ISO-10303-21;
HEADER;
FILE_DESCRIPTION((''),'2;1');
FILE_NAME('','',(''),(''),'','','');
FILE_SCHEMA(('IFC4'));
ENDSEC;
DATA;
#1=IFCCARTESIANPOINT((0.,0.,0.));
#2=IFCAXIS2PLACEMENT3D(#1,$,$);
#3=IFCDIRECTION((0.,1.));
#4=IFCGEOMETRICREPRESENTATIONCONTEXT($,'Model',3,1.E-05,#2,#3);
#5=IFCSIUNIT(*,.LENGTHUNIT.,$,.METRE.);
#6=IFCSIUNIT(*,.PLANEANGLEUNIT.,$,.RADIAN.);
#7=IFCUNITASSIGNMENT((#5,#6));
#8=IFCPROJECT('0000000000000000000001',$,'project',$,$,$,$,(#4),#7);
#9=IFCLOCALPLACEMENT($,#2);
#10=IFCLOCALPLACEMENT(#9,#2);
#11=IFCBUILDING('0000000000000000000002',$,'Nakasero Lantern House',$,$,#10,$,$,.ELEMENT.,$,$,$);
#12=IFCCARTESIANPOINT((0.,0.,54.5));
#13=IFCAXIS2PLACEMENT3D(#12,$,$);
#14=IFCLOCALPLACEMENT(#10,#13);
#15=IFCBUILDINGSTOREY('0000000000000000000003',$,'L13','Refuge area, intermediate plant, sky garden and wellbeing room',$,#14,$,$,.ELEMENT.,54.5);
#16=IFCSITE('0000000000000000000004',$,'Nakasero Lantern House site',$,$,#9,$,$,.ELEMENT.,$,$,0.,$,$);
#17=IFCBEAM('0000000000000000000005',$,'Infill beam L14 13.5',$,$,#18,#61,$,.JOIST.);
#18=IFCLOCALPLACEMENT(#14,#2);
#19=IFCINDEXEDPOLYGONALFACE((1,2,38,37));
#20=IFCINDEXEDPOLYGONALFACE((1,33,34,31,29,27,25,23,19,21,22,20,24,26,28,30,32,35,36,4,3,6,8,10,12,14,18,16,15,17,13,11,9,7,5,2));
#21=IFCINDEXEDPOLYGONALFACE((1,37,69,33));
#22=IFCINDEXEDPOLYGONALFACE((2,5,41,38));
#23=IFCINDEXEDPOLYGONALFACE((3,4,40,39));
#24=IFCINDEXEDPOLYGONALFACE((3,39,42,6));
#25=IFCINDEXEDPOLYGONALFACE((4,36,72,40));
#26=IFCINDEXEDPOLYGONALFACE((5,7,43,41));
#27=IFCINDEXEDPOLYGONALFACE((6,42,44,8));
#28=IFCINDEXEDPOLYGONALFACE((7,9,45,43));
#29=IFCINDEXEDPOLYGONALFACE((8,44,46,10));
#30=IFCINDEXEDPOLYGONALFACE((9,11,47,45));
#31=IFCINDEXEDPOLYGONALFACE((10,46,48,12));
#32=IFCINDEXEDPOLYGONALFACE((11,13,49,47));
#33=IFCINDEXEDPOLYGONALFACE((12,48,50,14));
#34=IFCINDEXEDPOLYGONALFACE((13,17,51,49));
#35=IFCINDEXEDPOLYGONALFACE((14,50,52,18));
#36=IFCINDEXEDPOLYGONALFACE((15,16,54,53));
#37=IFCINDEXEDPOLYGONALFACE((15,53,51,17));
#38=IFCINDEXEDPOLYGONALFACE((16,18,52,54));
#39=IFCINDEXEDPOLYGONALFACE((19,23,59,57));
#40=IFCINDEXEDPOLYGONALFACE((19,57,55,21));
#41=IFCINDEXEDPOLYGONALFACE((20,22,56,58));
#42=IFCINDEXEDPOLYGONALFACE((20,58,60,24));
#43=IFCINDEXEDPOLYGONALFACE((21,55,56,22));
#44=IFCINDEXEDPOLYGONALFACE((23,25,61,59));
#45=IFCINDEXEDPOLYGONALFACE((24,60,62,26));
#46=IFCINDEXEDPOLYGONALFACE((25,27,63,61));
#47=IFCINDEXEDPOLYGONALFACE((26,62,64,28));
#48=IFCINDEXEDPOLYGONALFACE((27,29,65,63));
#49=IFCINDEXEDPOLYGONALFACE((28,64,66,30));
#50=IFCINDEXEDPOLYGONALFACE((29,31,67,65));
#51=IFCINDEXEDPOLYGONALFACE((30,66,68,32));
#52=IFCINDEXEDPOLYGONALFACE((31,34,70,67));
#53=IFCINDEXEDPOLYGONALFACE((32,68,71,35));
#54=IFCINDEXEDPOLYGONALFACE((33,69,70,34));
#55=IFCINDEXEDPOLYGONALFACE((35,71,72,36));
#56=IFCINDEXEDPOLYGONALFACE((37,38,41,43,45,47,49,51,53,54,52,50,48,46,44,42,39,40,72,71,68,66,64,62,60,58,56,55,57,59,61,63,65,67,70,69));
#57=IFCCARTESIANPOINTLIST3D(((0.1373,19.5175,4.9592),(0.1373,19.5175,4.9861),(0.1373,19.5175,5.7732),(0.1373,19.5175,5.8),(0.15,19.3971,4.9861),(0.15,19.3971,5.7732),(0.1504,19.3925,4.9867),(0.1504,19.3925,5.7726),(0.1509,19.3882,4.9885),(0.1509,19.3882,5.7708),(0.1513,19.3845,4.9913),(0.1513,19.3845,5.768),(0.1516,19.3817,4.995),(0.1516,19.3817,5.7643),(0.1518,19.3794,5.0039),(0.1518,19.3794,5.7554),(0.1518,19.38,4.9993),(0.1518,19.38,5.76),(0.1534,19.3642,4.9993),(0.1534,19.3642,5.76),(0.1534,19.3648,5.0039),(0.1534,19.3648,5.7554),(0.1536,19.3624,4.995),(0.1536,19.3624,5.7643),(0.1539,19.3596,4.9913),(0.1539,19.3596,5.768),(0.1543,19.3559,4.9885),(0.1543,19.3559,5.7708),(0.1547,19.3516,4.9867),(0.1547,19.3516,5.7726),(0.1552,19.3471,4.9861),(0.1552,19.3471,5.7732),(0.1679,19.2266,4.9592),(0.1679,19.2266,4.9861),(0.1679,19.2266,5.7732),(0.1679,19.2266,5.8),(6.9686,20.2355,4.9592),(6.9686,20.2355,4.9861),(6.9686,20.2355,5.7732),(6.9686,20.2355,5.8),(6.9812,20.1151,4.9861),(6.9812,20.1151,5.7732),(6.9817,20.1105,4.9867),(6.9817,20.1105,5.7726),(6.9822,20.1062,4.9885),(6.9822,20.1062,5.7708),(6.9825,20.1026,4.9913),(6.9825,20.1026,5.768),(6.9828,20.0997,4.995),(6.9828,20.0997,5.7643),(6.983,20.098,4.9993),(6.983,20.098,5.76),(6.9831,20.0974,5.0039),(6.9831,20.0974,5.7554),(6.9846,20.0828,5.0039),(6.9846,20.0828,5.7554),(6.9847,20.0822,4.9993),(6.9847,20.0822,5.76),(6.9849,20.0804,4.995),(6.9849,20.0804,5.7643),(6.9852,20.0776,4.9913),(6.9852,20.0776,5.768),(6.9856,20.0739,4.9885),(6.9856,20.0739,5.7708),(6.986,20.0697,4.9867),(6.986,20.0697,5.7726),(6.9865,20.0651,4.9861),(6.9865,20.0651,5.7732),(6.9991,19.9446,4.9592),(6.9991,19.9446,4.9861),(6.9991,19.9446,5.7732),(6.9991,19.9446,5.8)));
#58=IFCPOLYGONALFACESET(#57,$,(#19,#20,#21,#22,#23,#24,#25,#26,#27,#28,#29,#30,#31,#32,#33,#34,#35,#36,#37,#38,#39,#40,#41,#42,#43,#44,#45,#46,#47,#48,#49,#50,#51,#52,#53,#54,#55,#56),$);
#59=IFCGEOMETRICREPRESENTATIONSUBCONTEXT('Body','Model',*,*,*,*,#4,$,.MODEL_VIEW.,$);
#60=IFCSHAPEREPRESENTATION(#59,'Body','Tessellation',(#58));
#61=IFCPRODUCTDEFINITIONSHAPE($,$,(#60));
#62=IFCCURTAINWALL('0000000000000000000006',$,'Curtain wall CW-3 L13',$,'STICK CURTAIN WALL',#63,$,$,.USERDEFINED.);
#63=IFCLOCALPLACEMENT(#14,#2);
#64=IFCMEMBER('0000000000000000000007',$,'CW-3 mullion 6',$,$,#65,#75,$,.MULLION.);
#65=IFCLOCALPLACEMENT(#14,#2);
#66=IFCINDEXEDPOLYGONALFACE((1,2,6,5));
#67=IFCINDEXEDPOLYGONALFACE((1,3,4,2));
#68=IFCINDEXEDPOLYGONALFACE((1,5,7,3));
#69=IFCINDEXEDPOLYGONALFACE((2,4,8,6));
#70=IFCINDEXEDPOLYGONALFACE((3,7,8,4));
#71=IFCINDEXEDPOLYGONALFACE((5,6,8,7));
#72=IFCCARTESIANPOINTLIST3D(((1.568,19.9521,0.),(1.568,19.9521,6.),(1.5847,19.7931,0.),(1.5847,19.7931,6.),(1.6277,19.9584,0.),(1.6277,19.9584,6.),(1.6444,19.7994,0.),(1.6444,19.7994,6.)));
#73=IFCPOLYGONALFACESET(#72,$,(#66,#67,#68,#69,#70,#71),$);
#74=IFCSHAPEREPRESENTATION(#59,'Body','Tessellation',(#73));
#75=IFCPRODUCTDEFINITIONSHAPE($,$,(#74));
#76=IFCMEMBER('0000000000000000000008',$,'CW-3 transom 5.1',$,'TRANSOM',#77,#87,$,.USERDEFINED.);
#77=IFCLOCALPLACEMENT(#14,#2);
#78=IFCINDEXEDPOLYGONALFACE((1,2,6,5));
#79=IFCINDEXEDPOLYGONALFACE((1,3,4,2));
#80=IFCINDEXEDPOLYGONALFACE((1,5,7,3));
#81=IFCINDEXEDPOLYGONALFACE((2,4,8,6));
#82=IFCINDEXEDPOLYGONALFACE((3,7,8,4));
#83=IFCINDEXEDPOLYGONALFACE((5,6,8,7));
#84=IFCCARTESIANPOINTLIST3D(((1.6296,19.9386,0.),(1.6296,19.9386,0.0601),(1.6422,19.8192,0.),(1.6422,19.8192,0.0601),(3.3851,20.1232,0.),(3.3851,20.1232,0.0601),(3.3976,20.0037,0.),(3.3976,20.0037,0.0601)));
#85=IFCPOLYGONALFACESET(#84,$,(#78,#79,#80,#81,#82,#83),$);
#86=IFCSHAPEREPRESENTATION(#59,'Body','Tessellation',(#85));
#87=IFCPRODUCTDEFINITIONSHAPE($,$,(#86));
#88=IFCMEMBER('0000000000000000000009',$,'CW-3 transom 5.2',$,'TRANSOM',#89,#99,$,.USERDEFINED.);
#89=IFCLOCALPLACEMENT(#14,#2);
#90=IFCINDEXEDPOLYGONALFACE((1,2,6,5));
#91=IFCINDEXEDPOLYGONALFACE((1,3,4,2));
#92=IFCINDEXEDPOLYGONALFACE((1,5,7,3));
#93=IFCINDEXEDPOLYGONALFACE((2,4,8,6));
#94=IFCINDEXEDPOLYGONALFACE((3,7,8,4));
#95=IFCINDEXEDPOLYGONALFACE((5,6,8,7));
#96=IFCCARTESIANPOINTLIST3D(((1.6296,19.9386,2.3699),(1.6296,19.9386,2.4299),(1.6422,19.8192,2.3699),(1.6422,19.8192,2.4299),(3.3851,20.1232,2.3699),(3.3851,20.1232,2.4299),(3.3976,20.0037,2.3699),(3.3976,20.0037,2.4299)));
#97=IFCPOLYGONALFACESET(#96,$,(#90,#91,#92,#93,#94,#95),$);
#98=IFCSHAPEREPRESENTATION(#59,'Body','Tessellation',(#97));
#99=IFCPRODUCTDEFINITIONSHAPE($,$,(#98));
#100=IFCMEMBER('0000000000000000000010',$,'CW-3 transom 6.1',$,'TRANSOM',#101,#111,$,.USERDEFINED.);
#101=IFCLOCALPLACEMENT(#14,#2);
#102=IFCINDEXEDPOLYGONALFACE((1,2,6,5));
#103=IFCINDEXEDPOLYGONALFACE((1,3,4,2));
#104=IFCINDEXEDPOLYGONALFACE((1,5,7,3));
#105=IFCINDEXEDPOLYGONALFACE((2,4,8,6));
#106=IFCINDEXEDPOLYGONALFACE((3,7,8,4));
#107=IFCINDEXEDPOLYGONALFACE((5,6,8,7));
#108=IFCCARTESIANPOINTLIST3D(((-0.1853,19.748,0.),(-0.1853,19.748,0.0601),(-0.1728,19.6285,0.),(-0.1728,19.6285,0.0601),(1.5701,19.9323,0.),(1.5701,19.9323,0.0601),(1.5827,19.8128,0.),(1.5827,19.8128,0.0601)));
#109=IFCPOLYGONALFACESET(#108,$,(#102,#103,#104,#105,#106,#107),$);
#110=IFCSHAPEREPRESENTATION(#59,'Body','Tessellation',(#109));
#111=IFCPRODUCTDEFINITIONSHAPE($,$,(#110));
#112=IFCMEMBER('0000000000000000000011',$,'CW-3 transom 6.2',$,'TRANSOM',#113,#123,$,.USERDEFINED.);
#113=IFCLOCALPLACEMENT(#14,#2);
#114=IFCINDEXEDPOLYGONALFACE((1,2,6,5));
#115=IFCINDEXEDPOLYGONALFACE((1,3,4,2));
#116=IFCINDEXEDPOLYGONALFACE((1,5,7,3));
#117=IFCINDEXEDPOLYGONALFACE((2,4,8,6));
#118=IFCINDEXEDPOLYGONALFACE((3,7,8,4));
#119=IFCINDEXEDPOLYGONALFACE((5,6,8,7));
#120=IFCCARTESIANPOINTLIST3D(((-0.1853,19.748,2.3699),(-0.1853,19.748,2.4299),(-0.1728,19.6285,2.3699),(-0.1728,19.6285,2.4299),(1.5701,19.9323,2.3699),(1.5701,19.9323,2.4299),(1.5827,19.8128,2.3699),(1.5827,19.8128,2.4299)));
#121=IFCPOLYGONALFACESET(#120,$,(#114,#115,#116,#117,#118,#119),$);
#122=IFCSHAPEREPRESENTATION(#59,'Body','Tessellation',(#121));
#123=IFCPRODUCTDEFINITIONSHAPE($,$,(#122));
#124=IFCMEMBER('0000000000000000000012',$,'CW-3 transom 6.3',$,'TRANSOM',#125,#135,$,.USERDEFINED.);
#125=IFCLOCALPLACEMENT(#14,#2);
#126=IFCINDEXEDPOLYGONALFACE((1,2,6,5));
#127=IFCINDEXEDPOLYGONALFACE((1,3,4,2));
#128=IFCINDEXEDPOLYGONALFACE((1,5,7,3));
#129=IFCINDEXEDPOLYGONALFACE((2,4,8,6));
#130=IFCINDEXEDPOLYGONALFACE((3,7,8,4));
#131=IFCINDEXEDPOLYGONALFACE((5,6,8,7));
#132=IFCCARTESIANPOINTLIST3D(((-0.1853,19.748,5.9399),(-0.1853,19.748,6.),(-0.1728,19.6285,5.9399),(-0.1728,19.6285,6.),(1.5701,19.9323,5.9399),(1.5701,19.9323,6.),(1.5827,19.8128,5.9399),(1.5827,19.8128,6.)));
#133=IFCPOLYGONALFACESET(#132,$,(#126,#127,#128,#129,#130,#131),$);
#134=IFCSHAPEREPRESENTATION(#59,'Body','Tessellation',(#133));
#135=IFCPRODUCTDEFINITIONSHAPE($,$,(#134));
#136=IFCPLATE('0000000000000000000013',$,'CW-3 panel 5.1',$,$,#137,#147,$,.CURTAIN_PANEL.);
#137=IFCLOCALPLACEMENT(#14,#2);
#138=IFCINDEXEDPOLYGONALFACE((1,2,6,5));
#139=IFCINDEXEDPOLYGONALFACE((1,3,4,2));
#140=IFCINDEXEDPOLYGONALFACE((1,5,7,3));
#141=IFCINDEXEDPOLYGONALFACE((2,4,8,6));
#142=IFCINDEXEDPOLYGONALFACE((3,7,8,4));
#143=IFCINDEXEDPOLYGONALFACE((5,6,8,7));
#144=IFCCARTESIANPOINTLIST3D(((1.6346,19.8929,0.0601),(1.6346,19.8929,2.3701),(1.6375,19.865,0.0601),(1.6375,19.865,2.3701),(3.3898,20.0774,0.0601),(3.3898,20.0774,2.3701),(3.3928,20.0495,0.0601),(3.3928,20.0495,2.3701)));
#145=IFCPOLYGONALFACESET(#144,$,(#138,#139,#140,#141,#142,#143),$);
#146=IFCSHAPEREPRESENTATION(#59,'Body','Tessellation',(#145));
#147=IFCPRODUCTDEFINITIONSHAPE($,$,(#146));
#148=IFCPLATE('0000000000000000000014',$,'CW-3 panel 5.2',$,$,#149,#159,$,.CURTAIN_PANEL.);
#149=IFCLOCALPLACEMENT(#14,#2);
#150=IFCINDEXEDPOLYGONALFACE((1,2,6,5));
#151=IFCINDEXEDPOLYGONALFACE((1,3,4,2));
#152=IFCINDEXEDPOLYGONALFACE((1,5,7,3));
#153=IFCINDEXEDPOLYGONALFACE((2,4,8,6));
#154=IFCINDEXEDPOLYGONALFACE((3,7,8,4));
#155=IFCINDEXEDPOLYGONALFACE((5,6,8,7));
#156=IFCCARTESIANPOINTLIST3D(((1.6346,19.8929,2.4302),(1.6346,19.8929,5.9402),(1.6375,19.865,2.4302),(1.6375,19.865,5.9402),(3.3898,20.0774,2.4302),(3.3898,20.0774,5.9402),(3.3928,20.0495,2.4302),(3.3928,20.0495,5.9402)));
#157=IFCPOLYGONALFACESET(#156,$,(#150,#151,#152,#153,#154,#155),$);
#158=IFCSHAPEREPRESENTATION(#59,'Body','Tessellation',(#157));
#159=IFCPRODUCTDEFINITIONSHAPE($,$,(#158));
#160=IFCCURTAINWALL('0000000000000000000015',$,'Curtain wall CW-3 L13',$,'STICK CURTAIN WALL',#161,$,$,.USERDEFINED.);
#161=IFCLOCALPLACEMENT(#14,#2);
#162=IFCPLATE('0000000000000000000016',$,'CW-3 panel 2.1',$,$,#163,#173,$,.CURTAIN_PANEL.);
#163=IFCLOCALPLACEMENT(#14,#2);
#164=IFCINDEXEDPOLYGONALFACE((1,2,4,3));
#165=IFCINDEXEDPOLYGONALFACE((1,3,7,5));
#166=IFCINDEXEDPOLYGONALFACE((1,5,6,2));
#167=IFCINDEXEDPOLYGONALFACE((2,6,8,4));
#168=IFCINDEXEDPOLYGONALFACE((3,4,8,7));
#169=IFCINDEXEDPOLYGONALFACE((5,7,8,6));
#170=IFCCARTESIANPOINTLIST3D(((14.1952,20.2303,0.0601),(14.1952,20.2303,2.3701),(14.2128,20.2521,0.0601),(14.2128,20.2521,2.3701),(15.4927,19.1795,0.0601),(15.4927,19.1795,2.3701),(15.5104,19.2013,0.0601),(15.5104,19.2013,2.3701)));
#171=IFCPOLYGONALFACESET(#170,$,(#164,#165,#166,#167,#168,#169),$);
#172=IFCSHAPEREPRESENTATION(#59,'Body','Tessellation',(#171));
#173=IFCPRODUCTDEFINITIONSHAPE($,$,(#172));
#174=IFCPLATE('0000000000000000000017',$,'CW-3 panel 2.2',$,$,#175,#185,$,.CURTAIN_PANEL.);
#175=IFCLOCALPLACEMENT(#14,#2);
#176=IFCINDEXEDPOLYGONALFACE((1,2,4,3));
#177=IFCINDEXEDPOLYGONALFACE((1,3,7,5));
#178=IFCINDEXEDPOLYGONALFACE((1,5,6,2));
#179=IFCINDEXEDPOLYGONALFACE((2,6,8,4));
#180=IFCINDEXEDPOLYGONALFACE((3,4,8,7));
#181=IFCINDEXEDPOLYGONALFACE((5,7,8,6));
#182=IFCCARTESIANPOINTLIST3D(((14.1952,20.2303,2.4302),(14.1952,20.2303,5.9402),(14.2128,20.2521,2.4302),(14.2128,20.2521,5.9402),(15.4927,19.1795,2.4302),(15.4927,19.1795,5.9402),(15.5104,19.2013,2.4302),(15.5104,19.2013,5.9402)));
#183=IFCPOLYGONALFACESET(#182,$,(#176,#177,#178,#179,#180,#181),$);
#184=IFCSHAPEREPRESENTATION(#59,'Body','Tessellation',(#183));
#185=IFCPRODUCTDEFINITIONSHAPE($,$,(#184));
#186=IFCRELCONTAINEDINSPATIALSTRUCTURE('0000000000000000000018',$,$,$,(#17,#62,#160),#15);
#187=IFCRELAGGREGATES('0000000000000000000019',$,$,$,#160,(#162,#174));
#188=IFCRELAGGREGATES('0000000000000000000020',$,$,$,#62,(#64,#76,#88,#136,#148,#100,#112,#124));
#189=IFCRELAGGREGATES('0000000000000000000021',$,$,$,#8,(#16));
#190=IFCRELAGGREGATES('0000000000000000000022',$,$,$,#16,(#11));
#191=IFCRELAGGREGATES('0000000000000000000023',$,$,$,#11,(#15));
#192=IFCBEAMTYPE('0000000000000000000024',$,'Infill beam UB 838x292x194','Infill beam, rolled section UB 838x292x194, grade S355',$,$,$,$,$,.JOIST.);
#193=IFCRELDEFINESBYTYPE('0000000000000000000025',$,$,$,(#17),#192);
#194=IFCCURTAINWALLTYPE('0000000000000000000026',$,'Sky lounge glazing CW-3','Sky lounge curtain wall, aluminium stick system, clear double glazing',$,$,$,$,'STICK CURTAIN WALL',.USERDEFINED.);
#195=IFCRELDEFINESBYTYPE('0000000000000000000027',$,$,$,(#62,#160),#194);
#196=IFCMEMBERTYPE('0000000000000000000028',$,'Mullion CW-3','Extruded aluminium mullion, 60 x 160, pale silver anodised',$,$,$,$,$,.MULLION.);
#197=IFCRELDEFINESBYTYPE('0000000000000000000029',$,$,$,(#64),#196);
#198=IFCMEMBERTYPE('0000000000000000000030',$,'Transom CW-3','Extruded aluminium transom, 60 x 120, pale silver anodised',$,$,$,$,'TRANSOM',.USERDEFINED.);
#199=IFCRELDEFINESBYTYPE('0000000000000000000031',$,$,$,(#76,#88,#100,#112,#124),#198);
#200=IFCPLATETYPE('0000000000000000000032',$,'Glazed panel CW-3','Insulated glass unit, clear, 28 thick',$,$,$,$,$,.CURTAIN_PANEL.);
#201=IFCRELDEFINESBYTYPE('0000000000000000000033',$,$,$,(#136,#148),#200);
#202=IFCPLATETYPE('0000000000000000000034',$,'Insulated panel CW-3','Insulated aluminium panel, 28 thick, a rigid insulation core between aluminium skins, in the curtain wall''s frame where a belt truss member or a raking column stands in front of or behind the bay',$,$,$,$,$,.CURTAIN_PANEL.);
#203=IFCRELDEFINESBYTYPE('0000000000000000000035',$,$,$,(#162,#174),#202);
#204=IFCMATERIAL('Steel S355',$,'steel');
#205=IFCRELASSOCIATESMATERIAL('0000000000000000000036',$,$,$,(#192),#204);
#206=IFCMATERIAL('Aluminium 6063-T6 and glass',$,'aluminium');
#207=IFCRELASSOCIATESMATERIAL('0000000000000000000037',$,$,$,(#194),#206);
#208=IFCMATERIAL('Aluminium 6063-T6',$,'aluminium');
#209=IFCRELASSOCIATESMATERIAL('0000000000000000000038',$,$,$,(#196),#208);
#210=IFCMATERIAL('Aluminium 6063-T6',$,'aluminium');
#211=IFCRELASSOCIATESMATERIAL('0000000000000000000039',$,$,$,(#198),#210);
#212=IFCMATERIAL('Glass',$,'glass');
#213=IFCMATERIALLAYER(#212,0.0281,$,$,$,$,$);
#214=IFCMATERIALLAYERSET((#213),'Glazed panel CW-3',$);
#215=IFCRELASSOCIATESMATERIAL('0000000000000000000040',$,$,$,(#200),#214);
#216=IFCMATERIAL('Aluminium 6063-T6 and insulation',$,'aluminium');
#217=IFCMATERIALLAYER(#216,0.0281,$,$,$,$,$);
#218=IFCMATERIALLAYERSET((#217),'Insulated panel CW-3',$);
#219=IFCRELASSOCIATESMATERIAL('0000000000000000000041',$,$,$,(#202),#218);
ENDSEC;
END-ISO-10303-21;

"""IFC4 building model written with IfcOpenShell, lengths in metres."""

from ifc_helpers import new_model, si_unit, direction, frame, origin, origin_2d, place, context, subcontext, project, spatial, rectangle, i_section, extrude, material, layer, layer_set, material_profile, profile_set, type_object, element, aggregate, save


model = new_model("IFC4")

# Units and contexts
model_context = context("Model", 3, precision=1e-05, world=origin(), true_north=direction((0.0, 1.0)))
body_context = subcontext(model_context, "Body", "Model", "MODEL_VIEW")
ifc_project = project(units=[si_unit("LENGTHUNIT", "METRE"), si_unit("PLANEANGLEUNIT", "RADIAN")], contexts=[model_context])

# Site, building, storey
site_placement = place(None, origin())
site = spatial("IfcSite", under=ifc_project, at=site_placement, Name="Nakasero Lantern House site", CompositionType="ELEMENT", RefElevation=0.0)
building_placement = place(site_placement, origin())
building = spatial("IfcBuilding", under=site, at=building_placement, Name="Nakasero Lantern House", CompositionType="ELEMENT")
storey_placement = place(building_placement, frame((0.0, 0.0, 54.5)))
storey = spatial("IfcBuildingStorey", under=building, at=storey_placement, Name="L13", Description="Refuge area, intermediate plant, sky garden and wellbeing room", CompositionType="ELEMENT", Elevation=54.5)

# Beam
ifc_material_1 = material(Name="Steel S355", Category="steel")
ifc_material_profile_1 = material_profile(ifc_material_1, i_section(OverallWidth=0.2925, OverallDepth=0.8408, WebThickness=0.0146, FlangeThickness=0.0269, FilletRadius=0.0178, at=origin_2d()), Name="UB 838x292x194")
ifc_profile_set_1 = profile_set([ifc_material_profile_1], Name="Steel S355")
beam_type_1 = type_object("IfcBeamType", Name="Infill beam UB 838x292x194", Description="Infill beam, rolled section UB 838x292x194, grade S355", PredefinedType="JOIST", material=ifc_profile_set_1)
beam_1_placement = place(storey_placement, frame((0.1526, 19.3721, 5.3796), z_axis=(0.994522, 0.104531, 0.0), x_axis=(-0.104531, 0.994522, 0.0)))
element("IfcBeam", 1, at=beam_1_placement, inside=storey, type_object=beam_type_1, Name="Infill beam L14 13.5", PredefinedType="JOIST", context=body_context, shape_type="SweptSolid", body=[
    extrude(i_section(OverallWidth=0.2925, OverallDepth=0.8408, WebThickness=0.0146, FlangeThickness=0.0269, FilletRadius=0.0178, at=origin_2d()), origin(), (0.0, 0.0, 1.0), 6.8689),
])

# Curtain wall, members, plates
ifc_material_2 = material(Name="Aluminium 6063-T6 and glass", Category="aluminium")
curtain_wall_type = type_object("IfcCurtainWallType", Name="Sky lounge glazing CW-3", Description="Sky lounge curtain wall, aluminium stick system, clear double glazing", ElementType="STICK CURTAIN WALL", PredefinedType="USERDEFINED", material=ifc_material_2)
curtain_wall_1_placement = place(storey_placement, origin())
curtain_wall_1 = element("IfcCurtainWall", 2, at=curtain_wall_1_placement, inside=storey, type_object=curtain_wall_type, Name="Curtain wall CW-3 L13", ObjectType="STICK CURTAIN WALL", PredefinedType="USERDEFINED")
ifc_material_3 = material(Name="Aluminium 6063-T6", Category="aluminium")
ifc_material_profile_2 = material_profile(ifc_material_3, rectangle(XDim=0.0601, YDim=0.1599, at=origin_2d()), Name="CW-3 mullion 60x160")
ifc_profile_set_2 = profile_set([ifc_material_profile_2], Name="Aluminium 6063-T6")
member_type_1 = type_object("IfcMemberType", Name="Mullion CW-3", Description="Extruded aluminium mullion, 60 x 160, pale silver anodised", PredefinedType="MULLION", material=ifc_profile_set_2)
member_1_placement = place(storey_placement, frame((1.6062, 19.8757, 0.0), z_axis=(0.0, 0.0, 1.0), x_axis=(-0.994522, -0.104528, 0.0)))
member_1 = element("IfcMember", 3, at=member_1_placement, type_object=member_type_1, Name="CW-3 mullion 6", PredefinedType="MULLION", context=body_context, shape_type="SweptSolid", body=[
    extrude(rectangle(XDim=0.0601, YDim=0.1599, at=origin_2d()), origin(), (0.0, 0.0, 1.0), 6.0),
])
ifc_material_4 = material(Name="Aluminium 6063-T6", Category="aluminium")
ifc_material_profile_3 = material_profile(ifc_material_4, rectangle(XDim=0.0601, YDim=0.1201, at=origin_2d()), Name="CW-3 transom 60x120")
ifc_profile_set_3 = profile_set([ifc_material_profile_3], Name="Aluminium 6063-T6")
member_type_2 = type_object("IfcMemberType", Name="Transom CW-3", Description="Extruded aluminium transom, 60 x 120, pale silver anodised", ElementType="TRANSOM", PredefinedType="USERDEFINED", material=ifc_profile_set_3)
member_2_placement = place(storey_placement, frame((3.3914, 20.0635, 0.03), z_axis=(-0.994518, -0.10457, 0.0), x_axis=(0.0, 0.0, 1.0)))
member_2 = element("IfcMember", 4, at=member_2_placement, type_object=member_type_2, Name="CW-3 transom 5.1", ObjectType="TRANSOM", PredefinedType="USERDEFINED", context=body_context, shape_type="SweptSolid", body=[
    extrude(rectangle(XDim=0.0601, YDim=0.1201, at=origin_2d()), origin(), (0.0, 0.0, 1.0), 1.7651),
])
member_3_placement = place(storey_placement, frame((3.3914, 20.0635, 2.3999), z_axis=(-0.994518, -0.10457, 0.0), x_axis=(0.0, 0.0, 1.0)))
member_3 = element("IfcMember", 5, at=member_3_placement, type_object=member_type_2, Name="CW-3 transom 5.2", ObjectType="TRANSOM", PredefinedType="USERDEFINED", context=body_context, shape_type="SweptSolid", body=[
    extrude(rectangle(XDim=0.0601, YDim=0.1201, at=origin_2d()), origin(), (0.0, 0.0, 1.0), 1.7651),
])
member_4_placement = place(storey_placement, frame((1.5764, 19.8726, 0.03), z_axis=(-0.994532, -0.104433, 0.0), x_axis=(0.0, 0.0, 1.0)))
member_4 = element("IfcMember", 6, at=member_4_placement, type_object=member_type_2, Name="CW-3 transom 6.1", ObjectType="TRANSOM", PredefinedType="USERDEFINED", context=body_context, shape_type="SweptSolid", body=[
    extrude(rectangle(XDim=0.0601, YDim=0.1201, at=origin_2d()), origin(), (0.0, 0.0, 1.0), 1.7651),
])
member_5_placement = place(storey_placement, frame((1.5764, 19.8726, 2.3999), z_axis=(-0.994532, -0.104433, 0.0), x_axis=(0.0, 0.0, 1.0)))
member_5 = element("IfcMember", 7, at=member_5_placement, type_object=member_type_2, Name="CW-3 transom 6.2", ObjectType="TRANSOM", PredefinedType="USERDEFINED", context=body_context, shape_type="SweptSolid", body=[
    extrude(rectangle(XDim=0.0601, YDim=0.1201, at=origin_2d()), origin(), (0.0, 0.0, 1.0), 1.7651),
])
member_6_placement = place(storey_placement, frame((1.5764, 19.8726, 5.97), z_axis=(-0.994532, -0.104433, 0.0), x_axis=(0.0, 0.0, 1.0)))
member_6 = element("IfcMember", 8, at=member_6_placement, type_object=member_type_2, Name="CW-3 transom 6.3", ObjectType="TRANSOM", PredefinedType="USERDEFINED", context=body_context, shape_type="SweptSolid", body=[
    extrude(rectangle(XDim=0.0601, YDim=0.1201, at=origin_2d()), origin(), (0.0, 0.0, 1.0), 1.7651),
])
ifc_material_5 = material(Name="Glass", Category="glass")
ifc_layer_1 = layer(ifc_material_5, 0.0281)
ifc_layer_set_1 = layer_set([ifc_layer_1], Name="Glazed panel CW-3")
plate_type_1 = type_object("IfcPlateType", Name="Glazed panel CW-3", Description="Insulated glass unit, clear, 28 thick", PredefinedType="CURTAIN_PANEL", material=ifc_layer_set_1)
plate_1_placement = place(storey_placement, frame((2.5137, 19.9712, 0.0601), z_axis=(0.0, 0.0, 1.0), x_axis=(-0.994522, -0.104528, 0.0)))
plate_1 = element("IfcPlate", 9, at=plate_1_placement, type_object=plate_type_1, Name="CW-3 panel 5.1", PredefinedType="CURTAIN_PANEL", context=body_context, shape_type="SweptSolid", body=[
    extrude(rectangle(XDim=1.7649, YDim=0.0281, at=origin_2d()), origin(), (0.0, 0.0, 1.0), 2.3101),
])
plate_2_placement = place(storey_placement, frame((2.5137, 19.9712, 2.4302), z_axis=(0.0, 0.0, 1.0), x_axis=(-0.994522, -0.104528, 0.0)))
plate_2 = element("IfcPlate", 10, at=plate_2_placement, type_object=plate_type_1, Name="CW-3 panel 5.2", PredefinedType="CURTAIN_PANEL", context=body_context, shape_type="SweptSolid", body=[
    extrude(rectangle(XDim=1.7649, YDim=0.0281, at=origin_2d()), origin(), (0.0, 0.0, 1.0), 3.51),
])

# Curtain wall, plates
curtain_wall_2_placement = place(storey_placement, origin())
curtain_wall_2 = element("IfcCurtainWall", 11, at=curtain_wall_2_placement, inside=storey, type_object=curtain_wall_type, Name="Curtain wall CW-3 L13", ObjectType="STICK CURTAIN WALL", PredefinedType="USERDEFINED")
ifc_material_6 = material(Name="Aluminium 6063-T6 and insulation", Category="aluminium")
ifc_layer_2 = layer(ifc_material_6, 0.0281)
ifc_layer_set_2 = layer_set([ifc_layer_2], Name="Insulated panel CW-3")
plate_type_2 = type_object("IfcPlateType", Name="Insulated panel CW-3", Description="Insulated aluminium panel, 28 thick, a rigid insulation core between aluminium skins, in the curtain wall's frame where a belt truss member or a raking column stands in front of or behind the bay", PredefinedType="CURTAIN_PANEL", material=ifc_layer_set_2)
plate_3_placement = place(storey_placement, frame((14.8528, 19.7158, 0.0601), z_axis=(0.0, 0.0, 1.0), x_axis=(-0.777146, 0.62932, 0.0)))
plate_3 = element("IfcPlate", 12, at=plate_3_placement, type_object=plate_type_2, Name="CW-3 panel 2.1", PredefinedType="CURTAIN_PANEL", context=body_context, shape_type="SweptSolid", body=[
    extrude(rectangle(XDim=1.6697, YDim=0.0281, at=origin_2d()), origin(), (0.0, 0.0, 1.0), 2.3101),
])
plate_4_placement = place(storey_placement, frame((14.8528, 19.7158, 2.4302), z_axis=(0.0, 0.0, 1.0), x_axis=(-0.777146, 0.62932, 0.0)))
plate_4 = element("IfcPlate", 13, at=plate_4_placement, type_object=plate_type_2, Name="CW-3 panel 2.2", PredefinedType="CURTAIN_PANEL", context=body_context, shape_type="SweptSolid", body=[
    extrude(rectangle(XDim=1.6697, YDim=0.0281, at=origin_2d()), origin(), (0.0, 0.0, 1.0), 3.51),
])
aggregate(curtain_wall_2, [plate_3, plate_4])

aggregate(curtain_wall_1, [member_1, member_2, member_3, plate_1, plate_2, member_4, member_5, member_6])

save(model, "model.ifc")
